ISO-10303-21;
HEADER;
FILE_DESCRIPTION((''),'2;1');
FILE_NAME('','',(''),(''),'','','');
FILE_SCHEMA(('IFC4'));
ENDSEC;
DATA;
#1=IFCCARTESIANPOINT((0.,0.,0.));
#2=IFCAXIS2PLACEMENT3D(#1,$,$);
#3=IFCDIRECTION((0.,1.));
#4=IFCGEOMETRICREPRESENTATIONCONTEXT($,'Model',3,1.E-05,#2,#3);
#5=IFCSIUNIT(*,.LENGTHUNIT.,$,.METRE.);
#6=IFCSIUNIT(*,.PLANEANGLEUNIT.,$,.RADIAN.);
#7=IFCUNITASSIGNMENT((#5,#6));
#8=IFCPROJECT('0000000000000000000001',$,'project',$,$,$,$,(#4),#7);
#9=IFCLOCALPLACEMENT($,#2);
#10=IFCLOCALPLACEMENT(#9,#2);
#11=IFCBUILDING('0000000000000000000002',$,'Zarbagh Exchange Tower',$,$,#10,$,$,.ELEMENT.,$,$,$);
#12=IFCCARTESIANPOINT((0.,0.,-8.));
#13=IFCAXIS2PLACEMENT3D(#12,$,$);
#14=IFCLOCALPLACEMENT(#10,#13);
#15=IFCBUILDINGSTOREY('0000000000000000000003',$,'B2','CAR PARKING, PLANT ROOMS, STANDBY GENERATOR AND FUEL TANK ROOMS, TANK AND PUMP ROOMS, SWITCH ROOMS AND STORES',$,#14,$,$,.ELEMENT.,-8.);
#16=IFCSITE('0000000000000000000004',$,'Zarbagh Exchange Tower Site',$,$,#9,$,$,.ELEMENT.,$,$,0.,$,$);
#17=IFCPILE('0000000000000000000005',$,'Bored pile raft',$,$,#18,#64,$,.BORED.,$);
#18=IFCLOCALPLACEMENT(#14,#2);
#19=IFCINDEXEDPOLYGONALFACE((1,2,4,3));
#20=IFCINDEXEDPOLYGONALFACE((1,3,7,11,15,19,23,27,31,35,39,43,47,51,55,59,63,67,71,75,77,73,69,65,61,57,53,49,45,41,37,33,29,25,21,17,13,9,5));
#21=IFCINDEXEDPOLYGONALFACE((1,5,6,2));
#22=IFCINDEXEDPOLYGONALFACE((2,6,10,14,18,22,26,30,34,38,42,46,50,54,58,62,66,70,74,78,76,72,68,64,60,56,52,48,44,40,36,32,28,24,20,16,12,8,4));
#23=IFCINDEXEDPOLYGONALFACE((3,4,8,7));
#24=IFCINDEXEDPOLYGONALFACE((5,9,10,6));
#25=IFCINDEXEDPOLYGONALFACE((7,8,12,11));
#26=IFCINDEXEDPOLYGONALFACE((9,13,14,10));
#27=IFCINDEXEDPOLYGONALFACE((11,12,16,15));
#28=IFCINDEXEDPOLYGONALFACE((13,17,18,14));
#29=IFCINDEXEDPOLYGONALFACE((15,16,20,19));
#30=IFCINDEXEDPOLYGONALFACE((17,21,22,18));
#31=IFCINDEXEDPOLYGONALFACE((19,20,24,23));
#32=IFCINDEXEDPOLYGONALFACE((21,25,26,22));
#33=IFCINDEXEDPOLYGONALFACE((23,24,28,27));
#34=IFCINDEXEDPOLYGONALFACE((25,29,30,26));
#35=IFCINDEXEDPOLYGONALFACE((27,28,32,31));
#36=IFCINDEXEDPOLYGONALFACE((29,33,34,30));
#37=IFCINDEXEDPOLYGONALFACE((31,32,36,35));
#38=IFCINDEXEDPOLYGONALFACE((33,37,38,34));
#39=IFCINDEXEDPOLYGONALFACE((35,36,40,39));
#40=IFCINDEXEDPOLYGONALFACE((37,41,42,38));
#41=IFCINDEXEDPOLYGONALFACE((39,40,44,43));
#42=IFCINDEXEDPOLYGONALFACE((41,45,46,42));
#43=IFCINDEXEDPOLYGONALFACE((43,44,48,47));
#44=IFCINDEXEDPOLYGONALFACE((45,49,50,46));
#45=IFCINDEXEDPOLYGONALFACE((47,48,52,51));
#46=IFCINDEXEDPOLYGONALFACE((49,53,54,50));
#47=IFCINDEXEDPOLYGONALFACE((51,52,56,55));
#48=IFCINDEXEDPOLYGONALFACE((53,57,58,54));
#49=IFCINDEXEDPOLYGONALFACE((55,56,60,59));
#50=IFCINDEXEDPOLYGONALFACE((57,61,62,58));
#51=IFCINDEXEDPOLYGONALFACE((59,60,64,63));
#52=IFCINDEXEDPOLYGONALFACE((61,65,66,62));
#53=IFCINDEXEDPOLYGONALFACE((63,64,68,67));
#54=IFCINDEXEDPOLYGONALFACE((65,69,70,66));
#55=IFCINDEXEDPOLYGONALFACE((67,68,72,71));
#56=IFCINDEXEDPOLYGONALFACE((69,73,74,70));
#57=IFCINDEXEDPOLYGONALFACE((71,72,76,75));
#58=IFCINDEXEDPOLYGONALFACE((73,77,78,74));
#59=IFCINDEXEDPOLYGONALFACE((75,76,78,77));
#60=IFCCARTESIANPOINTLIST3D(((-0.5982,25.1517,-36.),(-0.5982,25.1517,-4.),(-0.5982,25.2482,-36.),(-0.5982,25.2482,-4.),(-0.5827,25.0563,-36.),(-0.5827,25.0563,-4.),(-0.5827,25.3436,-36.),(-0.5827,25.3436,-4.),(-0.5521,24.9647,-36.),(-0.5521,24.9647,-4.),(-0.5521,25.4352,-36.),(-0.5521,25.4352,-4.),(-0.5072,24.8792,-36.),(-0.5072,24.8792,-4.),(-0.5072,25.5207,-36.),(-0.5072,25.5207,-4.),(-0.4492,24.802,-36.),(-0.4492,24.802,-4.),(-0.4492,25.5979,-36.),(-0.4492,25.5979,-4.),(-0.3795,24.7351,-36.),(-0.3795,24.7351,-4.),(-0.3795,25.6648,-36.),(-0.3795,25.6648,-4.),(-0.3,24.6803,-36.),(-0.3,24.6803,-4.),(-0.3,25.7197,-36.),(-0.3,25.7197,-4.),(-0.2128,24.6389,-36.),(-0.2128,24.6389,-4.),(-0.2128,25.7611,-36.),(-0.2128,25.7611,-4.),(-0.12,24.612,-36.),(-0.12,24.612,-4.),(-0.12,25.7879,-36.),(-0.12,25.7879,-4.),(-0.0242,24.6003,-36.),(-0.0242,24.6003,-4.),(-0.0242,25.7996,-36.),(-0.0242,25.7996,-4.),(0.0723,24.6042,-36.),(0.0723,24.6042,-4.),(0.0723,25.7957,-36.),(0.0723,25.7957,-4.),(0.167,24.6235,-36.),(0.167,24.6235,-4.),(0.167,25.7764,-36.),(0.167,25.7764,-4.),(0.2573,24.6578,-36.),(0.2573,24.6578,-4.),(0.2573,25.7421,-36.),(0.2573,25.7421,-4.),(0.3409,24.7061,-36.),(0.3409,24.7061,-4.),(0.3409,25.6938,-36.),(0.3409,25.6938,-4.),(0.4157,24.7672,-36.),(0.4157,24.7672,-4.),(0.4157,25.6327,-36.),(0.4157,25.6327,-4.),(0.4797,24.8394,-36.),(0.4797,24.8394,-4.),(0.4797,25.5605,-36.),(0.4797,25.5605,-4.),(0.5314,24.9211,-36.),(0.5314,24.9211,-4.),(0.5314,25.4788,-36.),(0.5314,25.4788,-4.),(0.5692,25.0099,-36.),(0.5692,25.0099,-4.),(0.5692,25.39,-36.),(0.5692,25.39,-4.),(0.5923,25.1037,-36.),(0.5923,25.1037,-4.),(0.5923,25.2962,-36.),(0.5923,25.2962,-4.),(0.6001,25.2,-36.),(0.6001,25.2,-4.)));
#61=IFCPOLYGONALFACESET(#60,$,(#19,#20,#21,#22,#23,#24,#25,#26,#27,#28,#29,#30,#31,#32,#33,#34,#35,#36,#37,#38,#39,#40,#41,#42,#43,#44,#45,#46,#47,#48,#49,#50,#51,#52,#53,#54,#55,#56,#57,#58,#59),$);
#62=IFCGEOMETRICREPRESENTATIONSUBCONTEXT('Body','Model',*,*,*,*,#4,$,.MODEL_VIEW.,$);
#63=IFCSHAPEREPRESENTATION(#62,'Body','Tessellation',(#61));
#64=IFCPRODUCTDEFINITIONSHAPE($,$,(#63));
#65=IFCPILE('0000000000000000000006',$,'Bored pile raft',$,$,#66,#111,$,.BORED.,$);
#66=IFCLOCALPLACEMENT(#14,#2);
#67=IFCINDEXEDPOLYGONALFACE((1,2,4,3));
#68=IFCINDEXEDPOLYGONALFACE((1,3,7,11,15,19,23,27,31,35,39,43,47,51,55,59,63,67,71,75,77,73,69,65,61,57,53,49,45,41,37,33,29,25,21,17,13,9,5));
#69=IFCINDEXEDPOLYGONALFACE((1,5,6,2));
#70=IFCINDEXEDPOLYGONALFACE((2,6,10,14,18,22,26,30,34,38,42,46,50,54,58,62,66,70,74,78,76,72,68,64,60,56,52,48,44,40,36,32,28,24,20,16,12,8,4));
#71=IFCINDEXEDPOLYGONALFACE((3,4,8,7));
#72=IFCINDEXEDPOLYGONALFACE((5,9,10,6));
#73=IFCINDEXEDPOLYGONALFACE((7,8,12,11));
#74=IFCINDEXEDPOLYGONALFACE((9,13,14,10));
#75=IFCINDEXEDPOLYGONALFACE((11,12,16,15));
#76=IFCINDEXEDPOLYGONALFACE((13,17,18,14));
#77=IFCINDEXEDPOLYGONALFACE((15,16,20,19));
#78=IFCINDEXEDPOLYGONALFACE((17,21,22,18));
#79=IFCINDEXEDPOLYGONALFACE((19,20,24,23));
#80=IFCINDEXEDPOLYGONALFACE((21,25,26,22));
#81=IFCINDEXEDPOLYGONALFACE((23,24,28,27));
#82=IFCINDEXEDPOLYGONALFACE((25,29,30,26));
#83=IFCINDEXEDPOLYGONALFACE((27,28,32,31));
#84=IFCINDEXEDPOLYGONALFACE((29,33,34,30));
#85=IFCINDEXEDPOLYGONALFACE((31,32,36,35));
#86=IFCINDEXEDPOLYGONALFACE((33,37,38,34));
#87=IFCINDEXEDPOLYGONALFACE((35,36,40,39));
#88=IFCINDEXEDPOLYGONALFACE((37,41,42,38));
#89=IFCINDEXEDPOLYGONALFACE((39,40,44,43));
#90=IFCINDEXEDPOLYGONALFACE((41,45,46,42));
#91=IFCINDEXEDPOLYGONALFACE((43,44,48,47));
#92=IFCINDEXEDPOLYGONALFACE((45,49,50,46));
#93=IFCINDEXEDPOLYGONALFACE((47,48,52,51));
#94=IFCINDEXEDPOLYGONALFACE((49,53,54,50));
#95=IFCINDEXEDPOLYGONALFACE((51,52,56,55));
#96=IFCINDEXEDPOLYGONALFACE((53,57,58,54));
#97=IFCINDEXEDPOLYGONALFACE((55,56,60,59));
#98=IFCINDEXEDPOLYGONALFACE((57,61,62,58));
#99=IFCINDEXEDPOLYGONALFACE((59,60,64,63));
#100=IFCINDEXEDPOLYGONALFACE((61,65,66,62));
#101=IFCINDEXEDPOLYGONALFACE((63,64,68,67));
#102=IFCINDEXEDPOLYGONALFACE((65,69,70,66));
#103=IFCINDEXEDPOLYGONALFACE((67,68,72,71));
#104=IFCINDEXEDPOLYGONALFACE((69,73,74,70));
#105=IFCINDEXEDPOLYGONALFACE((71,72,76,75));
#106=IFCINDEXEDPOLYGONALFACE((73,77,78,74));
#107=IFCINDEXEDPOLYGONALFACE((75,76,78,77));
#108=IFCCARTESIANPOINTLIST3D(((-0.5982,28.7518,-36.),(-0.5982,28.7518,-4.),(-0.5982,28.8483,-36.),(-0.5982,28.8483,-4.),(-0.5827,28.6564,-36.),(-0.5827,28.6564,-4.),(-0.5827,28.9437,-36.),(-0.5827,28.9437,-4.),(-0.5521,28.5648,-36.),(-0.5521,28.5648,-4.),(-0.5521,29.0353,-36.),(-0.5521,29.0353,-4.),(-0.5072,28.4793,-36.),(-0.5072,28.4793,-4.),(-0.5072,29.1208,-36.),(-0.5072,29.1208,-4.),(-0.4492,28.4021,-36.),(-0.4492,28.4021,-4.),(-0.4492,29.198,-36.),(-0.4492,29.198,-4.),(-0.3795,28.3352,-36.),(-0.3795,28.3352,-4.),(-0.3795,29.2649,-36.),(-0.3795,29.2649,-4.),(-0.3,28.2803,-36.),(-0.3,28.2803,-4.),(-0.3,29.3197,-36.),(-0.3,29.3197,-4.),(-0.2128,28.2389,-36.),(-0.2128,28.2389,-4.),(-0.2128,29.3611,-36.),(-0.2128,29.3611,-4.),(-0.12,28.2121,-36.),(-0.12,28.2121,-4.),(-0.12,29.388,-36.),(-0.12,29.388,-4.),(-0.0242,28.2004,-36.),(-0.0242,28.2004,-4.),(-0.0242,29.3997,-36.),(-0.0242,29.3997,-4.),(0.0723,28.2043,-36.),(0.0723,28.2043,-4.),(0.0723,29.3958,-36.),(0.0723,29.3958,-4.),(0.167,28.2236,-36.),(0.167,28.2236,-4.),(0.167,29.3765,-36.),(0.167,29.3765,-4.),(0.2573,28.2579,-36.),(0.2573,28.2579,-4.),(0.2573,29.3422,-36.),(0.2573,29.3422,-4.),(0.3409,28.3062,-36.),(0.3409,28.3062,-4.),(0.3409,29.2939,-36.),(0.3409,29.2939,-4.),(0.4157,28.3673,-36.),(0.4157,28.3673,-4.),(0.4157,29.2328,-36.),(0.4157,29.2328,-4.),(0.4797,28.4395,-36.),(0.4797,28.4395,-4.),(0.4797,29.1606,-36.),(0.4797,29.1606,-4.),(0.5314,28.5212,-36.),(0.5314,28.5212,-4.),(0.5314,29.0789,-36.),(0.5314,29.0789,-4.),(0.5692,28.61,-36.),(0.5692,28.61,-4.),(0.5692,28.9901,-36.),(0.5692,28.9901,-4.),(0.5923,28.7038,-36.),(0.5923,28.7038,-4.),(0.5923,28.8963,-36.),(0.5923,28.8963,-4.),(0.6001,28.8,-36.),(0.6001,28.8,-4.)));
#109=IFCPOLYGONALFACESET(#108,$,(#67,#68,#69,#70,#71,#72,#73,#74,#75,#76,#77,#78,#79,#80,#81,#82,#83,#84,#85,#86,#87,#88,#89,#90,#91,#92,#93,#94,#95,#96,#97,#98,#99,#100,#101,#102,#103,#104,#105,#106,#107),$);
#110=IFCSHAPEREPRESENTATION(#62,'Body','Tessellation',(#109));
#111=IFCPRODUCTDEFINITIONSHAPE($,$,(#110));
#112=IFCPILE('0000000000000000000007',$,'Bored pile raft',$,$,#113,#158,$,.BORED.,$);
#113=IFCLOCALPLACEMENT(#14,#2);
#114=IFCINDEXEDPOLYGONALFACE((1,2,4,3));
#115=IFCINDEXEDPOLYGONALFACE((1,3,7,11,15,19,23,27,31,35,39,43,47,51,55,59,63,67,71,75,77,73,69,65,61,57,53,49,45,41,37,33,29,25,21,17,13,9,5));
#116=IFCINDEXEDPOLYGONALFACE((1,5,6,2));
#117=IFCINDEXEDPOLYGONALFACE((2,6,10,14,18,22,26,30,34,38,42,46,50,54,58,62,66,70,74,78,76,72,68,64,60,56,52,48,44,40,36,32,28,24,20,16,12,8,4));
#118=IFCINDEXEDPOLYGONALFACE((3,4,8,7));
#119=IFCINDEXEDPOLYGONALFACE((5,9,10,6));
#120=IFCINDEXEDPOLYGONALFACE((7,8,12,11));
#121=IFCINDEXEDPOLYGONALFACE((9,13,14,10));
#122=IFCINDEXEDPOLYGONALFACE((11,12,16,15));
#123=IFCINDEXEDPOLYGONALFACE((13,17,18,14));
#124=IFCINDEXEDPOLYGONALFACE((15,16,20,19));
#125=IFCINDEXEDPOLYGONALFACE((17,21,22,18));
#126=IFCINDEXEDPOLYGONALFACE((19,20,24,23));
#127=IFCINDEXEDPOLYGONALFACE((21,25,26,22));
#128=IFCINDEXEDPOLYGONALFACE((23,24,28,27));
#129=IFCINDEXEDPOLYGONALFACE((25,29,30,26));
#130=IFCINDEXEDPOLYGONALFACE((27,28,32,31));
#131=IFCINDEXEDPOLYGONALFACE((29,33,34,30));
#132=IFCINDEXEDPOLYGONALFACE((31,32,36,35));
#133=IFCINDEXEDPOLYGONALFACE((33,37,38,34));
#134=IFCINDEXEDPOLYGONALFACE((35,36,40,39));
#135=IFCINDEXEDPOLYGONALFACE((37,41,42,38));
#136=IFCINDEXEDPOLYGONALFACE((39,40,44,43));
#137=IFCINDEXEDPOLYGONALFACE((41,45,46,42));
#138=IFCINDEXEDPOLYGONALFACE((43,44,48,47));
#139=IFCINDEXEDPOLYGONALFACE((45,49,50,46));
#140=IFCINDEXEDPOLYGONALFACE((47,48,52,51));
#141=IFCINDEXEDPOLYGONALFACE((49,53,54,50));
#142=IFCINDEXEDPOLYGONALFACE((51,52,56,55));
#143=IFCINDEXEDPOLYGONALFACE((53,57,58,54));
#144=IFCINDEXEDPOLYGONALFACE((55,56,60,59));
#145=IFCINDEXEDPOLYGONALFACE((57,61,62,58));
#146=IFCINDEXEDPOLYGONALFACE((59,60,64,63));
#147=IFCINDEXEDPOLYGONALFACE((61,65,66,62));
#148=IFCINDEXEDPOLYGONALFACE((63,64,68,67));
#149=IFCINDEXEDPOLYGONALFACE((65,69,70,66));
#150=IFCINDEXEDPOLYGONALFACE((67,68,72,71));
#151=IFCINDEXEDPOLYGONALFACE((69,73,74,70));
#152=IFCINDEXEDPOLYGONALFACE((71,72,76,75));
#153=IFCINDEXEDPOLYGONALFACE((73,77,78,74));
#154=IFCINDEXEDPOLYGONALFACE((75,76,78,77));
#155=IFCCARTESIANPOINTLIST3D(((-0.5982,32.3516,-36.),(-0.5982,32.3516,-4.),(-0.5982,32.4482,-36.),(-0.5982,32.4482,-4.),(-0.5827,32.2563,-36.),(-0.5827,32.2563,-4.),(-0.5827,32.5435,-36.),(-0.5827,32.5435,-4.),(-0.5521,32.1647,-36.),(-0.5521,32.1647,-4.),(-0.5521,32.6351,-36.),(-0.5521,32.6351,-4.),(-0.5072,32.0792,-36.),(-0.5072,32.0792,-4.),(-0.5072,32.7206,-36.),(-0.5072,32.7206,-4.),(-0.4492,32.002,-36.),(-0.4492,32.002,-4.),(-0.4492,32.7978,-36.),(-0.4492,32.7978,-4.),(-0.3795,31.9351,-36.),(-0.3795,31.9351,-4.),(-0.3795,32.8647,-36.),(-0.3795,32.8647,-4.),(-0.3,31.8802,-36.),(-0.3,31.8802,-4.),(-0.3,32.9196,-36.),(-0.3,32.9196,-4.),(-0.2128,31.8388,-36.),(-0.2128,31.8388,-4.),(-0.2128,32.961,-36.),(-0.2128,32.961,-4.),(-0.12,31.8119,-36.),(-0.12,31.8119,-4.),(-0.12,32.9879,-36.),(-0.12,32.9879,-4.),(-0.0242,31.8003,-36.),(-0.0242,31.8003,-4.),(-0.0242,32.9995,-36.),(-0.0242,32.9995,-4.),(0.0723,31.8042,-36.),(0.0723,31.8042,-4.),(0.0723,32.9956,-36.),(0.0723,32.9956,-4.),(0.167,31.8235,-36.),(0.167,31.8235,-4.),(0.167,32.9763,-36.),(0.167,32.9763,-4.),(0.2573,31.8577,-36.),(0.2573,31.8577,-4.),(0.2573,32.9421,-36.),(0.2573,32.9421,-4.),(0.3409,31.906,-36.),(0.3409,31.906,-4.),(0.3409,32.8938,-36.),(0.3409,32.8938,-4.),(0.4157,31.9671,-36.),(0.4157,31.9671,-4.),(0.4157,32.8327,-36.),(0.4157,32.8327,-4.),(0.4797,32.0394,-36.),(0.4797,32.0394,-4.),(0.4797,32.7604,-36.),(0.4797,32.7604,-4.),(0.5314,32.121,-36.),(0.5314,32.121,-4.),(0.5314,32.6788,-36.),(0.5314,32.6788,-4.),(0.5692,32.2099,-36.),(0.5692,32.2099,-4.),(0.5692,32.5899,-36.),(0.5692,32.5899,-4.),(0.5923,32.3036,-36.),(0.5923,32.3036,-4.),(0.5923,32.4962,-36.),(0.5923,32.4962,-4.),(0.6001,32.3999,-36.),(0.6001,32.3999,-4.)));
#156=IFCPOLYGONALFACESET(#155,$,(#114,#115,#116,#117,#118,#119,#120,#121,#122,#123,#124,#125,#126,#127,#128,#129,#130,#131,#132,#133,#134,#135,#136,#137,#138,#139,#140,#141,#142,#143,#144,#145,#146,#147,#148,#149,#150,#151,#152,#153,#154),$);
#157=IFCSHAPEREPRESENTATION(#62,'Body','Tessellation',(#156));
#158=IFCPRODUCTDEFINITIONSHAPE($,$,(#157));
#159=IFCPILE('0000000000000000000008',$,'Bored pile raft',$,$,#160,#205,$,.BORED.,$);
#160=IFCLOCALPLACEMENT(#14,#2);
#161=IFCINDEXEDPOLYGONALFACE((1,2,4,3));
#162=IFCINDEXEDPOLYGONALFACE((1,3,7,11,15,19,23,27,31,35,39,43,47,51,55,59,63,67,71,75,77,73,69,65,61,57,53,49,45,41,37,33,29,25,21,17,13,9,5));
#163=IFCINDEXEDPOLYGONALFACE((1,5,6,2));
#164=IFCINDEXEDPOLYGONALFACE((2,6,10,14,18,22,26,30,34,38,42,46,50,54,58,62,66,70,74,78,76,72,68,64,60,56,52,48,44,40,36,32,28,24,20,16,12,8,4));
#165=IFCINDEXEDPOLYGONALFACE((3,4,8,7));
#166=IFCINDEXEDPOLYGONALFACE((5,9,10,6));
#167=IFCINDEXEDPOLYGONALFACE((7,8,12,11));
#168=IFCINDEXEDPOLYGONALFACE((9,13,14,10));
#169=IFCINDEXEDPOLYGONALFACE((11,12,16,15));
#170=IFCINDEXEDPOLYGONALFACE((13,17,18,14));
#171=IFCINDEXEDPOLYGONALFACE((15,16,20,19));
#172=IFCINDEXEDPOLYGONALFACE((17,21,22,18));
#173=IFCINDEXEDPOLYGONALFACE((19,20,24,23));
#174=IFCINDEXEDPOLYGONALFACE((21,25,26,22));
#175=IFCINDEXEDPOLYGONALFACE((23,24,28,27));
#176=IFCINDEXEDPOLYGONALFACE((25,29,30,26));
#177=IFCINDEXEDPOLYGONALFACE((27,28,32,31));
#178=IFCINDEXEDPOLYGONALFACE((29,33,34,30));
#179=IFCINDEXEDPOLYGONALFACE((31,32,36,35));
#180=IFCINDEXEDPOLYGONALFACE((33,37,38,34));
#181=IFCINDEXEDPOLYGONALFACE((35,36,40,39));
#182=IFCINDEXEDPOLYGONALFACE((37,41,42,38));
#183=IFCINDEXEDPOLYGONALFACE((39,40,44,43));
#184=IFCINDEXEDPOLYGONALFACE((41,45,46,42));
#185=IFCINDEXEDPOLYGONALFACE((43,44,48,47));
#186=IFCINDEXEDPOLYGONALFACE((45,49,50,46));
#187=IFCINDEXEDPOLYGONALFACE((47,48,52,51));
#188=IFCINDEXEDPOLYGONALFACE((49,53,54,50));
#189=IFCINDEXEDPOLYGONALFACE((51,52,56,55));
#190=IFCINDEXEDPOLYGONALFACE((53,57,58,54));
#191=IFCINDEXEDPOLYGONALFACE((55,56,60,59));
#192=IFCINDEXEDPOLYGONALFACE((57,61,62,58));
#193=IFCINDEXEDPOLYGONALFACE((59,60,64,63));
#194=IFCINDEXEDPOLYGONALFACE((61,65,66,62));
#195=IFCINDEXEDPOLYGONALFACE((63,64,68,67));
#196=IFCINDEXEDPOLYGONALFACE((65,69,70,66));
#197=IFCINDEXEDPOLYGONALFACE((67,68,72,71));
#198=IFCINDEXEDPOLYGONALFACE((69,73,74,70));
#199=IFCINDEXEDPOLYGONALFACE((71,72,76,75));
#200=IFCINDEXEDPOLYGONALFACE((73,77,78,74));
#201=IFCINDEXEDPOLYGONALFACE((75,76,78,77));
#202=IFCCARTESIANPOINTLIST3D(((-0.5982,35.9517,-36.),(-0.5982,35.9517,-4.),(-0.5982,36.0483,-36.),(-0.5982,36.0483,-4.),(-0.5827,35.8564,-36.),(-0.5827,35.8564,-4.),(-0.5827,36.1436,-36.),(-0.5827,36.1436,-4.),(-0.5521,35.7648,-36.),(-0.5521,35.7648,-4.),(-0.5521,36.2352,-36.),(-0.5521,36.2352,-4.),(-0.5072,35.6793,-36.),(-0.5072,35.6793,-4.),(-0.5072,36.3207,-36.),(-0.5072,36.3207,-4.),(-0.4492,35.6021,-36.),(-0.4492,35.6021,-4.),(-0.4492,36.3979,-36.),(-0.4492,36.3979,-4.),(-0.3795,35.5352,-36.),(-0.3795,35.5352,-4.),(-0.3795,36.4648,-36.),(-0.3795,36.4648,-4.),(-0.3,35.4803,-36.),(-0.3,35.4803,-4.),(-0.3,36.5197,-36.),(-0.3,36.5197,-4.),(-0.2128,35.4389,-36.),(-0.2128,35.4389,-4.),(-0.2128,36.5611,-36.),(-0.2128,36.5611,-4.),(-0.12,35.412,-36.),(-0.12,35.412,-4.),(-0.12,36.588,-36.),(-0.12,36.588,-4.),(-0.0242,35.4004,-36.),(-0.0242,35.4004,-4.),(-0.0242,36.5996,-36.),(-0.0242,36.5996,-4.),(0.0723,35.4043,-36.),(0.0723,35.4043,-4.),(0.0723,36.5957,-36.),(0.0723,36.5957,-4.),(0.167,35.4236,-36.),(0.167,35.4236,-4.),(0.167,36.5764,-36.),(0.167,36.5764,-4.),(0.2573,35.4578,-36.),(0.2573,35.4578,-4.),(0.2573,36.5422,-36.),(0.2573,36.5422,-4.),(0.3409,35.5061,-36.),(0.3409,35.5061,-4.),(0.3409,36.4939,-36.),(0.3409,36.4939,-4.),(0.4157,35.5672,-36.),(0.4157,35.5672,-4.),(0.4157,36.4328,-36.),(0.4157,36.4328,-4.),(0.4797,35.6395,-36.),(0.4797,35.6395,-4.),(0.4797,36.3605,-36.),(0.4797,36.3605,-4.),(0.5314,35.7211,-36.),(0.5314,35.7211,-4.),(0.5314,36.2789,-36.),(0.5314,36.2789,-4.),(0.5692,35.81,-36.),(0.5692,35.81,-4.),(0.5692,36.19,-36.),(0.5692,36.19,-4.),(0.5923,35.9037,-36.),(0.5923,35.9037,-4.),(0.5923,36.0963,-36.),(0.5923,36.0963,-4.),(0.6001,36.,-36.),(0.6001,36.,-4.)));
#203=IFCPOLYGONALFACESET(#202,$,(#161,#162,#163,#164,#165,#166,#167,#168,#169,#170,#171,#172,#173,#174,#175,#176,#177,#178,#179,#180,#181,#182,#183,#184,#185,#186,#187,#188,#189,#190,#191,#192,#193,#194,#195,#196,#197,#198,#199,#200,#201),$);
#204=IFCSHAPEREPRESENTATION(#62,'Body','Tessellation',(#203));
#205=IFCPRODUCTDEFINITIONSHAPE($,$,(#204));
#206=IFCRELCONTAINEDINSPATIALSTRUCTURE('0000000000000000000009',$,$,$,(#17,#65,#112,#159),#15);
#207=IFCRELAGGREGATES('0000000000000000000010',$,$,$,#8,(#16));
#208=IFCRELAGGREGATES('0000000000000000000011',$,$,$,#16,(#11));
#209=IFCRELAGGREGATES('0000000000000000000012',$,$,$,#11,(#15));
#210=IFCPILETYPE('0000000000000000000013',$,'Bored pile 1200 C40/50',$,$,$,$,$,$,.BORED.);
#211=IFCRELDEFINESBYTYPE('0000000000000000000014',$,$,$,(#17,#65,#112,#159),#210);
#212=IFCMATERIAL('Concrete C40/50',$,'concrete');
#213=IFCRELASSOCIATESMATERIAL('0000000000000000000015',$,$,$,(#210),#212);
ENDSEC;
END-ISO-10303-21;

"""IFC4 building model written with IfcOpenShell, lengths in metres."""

from ifc_helpers import new_model, si_unit, direction, frame, origin, origin_2d, place, context, subcontext, project, spatial, circle, extrude, material, material_profile, profile_set, type_object, element, save


model = new_model("IFC4")

# Units and contexts
model_context = context("Model", 3, precision=1e-05, world=origin(), true_north=direction((0.0, 1.0)))
body_context = subcontext(model_context, "Body", "Model", "MODEL_VIEW")
ifc_project = project(units=[si_unit("LENGTHUNIT", "METRE"), si_unit("PLANEANGLEUNIT", "RADIAN")], contexts=[model_context])

# Site, building, storey
site_placement = place(None, origin())
site = spatial("IfcSite", under=ifc_project, at=site_placement, Name="Zarbagh Exchange Tower Site", CompositionType="ELEMENT", RefElevation=0.0)
building_placement = place(site_placement, origin())
building = spatial("IfcBuilding", under=site, at=building_placement, Name="Zarbagh Exchange Tower", CompositionType="ELEMENT")
storey_placement = place(building_placement, frame((0.0, 0.0, -8.0)))
storey = spatial("IfcBuildingStorey", under=building, at=storey_placement, Name="B2", Description="CAR PARKING, PLANT ROOMS, STANDBY GENERATOR AND FUEL TANK ROOMS, TANK AND PUMP ROOMS, SWITCH ROOMS AND STORES", CompositionType="ELEMENT", Elevation=-8.0)

# Piles
ifc_material_1 = material(Name="Concrete C40/50", Category="concrete")
ifc_material_profile_1 = material_profile(ifc_material_1, circle(Radius=0.6001, at=origin_2d()), Name="Bored pile 1200 C40/50")
ifc_profile_set_1 = profile_set([ifc_material_profile_1], Name="Concrete C40/50")
pile_type = type_object("IfcPileType", Name="Bored pile 1200 C40/50", PredefinedType="BORED", material=ifc_profile_set_1)
for number, where, z_axis, x_axis, name in (
    (1, (0.0, 25.2, -4.0), (0.0, 0.0, -1.0), (1.0, 0.0, 0.0), "Bored pile raft"),
    (2, (0.0, 28.8, -4.0), (0.0, 0.0, -1.0), (1.0, 0.0, 0.0), "Bored pile raft"),
    (3, (0.0, 32.3999, -4.0), (0.0, 0.0, -1.0), (1.0, 0.0, 0.0), "Bored pile raft"),
    (4, (0.0, 36.0, -4.0), (0.0, 0.0, -1.0), (1.0, 0.0, 0.0), "Bored pile raft"),
):
    element("IfcPile", number, at=place(storey_placement, frame(where, z_axis=z_axis, x_axis=x_axis)), inside=storey, type_object=pile_type, Name=name, PredefinedType="BORED", context=body_context, shape_type="SweptSolid", body=[
        extrude(circle(Radius=0.6001, at=origin_2d()), origin(), (0.0, 0.0, 1.0), 32.0),
    ])

save(model, "model.ifc")
